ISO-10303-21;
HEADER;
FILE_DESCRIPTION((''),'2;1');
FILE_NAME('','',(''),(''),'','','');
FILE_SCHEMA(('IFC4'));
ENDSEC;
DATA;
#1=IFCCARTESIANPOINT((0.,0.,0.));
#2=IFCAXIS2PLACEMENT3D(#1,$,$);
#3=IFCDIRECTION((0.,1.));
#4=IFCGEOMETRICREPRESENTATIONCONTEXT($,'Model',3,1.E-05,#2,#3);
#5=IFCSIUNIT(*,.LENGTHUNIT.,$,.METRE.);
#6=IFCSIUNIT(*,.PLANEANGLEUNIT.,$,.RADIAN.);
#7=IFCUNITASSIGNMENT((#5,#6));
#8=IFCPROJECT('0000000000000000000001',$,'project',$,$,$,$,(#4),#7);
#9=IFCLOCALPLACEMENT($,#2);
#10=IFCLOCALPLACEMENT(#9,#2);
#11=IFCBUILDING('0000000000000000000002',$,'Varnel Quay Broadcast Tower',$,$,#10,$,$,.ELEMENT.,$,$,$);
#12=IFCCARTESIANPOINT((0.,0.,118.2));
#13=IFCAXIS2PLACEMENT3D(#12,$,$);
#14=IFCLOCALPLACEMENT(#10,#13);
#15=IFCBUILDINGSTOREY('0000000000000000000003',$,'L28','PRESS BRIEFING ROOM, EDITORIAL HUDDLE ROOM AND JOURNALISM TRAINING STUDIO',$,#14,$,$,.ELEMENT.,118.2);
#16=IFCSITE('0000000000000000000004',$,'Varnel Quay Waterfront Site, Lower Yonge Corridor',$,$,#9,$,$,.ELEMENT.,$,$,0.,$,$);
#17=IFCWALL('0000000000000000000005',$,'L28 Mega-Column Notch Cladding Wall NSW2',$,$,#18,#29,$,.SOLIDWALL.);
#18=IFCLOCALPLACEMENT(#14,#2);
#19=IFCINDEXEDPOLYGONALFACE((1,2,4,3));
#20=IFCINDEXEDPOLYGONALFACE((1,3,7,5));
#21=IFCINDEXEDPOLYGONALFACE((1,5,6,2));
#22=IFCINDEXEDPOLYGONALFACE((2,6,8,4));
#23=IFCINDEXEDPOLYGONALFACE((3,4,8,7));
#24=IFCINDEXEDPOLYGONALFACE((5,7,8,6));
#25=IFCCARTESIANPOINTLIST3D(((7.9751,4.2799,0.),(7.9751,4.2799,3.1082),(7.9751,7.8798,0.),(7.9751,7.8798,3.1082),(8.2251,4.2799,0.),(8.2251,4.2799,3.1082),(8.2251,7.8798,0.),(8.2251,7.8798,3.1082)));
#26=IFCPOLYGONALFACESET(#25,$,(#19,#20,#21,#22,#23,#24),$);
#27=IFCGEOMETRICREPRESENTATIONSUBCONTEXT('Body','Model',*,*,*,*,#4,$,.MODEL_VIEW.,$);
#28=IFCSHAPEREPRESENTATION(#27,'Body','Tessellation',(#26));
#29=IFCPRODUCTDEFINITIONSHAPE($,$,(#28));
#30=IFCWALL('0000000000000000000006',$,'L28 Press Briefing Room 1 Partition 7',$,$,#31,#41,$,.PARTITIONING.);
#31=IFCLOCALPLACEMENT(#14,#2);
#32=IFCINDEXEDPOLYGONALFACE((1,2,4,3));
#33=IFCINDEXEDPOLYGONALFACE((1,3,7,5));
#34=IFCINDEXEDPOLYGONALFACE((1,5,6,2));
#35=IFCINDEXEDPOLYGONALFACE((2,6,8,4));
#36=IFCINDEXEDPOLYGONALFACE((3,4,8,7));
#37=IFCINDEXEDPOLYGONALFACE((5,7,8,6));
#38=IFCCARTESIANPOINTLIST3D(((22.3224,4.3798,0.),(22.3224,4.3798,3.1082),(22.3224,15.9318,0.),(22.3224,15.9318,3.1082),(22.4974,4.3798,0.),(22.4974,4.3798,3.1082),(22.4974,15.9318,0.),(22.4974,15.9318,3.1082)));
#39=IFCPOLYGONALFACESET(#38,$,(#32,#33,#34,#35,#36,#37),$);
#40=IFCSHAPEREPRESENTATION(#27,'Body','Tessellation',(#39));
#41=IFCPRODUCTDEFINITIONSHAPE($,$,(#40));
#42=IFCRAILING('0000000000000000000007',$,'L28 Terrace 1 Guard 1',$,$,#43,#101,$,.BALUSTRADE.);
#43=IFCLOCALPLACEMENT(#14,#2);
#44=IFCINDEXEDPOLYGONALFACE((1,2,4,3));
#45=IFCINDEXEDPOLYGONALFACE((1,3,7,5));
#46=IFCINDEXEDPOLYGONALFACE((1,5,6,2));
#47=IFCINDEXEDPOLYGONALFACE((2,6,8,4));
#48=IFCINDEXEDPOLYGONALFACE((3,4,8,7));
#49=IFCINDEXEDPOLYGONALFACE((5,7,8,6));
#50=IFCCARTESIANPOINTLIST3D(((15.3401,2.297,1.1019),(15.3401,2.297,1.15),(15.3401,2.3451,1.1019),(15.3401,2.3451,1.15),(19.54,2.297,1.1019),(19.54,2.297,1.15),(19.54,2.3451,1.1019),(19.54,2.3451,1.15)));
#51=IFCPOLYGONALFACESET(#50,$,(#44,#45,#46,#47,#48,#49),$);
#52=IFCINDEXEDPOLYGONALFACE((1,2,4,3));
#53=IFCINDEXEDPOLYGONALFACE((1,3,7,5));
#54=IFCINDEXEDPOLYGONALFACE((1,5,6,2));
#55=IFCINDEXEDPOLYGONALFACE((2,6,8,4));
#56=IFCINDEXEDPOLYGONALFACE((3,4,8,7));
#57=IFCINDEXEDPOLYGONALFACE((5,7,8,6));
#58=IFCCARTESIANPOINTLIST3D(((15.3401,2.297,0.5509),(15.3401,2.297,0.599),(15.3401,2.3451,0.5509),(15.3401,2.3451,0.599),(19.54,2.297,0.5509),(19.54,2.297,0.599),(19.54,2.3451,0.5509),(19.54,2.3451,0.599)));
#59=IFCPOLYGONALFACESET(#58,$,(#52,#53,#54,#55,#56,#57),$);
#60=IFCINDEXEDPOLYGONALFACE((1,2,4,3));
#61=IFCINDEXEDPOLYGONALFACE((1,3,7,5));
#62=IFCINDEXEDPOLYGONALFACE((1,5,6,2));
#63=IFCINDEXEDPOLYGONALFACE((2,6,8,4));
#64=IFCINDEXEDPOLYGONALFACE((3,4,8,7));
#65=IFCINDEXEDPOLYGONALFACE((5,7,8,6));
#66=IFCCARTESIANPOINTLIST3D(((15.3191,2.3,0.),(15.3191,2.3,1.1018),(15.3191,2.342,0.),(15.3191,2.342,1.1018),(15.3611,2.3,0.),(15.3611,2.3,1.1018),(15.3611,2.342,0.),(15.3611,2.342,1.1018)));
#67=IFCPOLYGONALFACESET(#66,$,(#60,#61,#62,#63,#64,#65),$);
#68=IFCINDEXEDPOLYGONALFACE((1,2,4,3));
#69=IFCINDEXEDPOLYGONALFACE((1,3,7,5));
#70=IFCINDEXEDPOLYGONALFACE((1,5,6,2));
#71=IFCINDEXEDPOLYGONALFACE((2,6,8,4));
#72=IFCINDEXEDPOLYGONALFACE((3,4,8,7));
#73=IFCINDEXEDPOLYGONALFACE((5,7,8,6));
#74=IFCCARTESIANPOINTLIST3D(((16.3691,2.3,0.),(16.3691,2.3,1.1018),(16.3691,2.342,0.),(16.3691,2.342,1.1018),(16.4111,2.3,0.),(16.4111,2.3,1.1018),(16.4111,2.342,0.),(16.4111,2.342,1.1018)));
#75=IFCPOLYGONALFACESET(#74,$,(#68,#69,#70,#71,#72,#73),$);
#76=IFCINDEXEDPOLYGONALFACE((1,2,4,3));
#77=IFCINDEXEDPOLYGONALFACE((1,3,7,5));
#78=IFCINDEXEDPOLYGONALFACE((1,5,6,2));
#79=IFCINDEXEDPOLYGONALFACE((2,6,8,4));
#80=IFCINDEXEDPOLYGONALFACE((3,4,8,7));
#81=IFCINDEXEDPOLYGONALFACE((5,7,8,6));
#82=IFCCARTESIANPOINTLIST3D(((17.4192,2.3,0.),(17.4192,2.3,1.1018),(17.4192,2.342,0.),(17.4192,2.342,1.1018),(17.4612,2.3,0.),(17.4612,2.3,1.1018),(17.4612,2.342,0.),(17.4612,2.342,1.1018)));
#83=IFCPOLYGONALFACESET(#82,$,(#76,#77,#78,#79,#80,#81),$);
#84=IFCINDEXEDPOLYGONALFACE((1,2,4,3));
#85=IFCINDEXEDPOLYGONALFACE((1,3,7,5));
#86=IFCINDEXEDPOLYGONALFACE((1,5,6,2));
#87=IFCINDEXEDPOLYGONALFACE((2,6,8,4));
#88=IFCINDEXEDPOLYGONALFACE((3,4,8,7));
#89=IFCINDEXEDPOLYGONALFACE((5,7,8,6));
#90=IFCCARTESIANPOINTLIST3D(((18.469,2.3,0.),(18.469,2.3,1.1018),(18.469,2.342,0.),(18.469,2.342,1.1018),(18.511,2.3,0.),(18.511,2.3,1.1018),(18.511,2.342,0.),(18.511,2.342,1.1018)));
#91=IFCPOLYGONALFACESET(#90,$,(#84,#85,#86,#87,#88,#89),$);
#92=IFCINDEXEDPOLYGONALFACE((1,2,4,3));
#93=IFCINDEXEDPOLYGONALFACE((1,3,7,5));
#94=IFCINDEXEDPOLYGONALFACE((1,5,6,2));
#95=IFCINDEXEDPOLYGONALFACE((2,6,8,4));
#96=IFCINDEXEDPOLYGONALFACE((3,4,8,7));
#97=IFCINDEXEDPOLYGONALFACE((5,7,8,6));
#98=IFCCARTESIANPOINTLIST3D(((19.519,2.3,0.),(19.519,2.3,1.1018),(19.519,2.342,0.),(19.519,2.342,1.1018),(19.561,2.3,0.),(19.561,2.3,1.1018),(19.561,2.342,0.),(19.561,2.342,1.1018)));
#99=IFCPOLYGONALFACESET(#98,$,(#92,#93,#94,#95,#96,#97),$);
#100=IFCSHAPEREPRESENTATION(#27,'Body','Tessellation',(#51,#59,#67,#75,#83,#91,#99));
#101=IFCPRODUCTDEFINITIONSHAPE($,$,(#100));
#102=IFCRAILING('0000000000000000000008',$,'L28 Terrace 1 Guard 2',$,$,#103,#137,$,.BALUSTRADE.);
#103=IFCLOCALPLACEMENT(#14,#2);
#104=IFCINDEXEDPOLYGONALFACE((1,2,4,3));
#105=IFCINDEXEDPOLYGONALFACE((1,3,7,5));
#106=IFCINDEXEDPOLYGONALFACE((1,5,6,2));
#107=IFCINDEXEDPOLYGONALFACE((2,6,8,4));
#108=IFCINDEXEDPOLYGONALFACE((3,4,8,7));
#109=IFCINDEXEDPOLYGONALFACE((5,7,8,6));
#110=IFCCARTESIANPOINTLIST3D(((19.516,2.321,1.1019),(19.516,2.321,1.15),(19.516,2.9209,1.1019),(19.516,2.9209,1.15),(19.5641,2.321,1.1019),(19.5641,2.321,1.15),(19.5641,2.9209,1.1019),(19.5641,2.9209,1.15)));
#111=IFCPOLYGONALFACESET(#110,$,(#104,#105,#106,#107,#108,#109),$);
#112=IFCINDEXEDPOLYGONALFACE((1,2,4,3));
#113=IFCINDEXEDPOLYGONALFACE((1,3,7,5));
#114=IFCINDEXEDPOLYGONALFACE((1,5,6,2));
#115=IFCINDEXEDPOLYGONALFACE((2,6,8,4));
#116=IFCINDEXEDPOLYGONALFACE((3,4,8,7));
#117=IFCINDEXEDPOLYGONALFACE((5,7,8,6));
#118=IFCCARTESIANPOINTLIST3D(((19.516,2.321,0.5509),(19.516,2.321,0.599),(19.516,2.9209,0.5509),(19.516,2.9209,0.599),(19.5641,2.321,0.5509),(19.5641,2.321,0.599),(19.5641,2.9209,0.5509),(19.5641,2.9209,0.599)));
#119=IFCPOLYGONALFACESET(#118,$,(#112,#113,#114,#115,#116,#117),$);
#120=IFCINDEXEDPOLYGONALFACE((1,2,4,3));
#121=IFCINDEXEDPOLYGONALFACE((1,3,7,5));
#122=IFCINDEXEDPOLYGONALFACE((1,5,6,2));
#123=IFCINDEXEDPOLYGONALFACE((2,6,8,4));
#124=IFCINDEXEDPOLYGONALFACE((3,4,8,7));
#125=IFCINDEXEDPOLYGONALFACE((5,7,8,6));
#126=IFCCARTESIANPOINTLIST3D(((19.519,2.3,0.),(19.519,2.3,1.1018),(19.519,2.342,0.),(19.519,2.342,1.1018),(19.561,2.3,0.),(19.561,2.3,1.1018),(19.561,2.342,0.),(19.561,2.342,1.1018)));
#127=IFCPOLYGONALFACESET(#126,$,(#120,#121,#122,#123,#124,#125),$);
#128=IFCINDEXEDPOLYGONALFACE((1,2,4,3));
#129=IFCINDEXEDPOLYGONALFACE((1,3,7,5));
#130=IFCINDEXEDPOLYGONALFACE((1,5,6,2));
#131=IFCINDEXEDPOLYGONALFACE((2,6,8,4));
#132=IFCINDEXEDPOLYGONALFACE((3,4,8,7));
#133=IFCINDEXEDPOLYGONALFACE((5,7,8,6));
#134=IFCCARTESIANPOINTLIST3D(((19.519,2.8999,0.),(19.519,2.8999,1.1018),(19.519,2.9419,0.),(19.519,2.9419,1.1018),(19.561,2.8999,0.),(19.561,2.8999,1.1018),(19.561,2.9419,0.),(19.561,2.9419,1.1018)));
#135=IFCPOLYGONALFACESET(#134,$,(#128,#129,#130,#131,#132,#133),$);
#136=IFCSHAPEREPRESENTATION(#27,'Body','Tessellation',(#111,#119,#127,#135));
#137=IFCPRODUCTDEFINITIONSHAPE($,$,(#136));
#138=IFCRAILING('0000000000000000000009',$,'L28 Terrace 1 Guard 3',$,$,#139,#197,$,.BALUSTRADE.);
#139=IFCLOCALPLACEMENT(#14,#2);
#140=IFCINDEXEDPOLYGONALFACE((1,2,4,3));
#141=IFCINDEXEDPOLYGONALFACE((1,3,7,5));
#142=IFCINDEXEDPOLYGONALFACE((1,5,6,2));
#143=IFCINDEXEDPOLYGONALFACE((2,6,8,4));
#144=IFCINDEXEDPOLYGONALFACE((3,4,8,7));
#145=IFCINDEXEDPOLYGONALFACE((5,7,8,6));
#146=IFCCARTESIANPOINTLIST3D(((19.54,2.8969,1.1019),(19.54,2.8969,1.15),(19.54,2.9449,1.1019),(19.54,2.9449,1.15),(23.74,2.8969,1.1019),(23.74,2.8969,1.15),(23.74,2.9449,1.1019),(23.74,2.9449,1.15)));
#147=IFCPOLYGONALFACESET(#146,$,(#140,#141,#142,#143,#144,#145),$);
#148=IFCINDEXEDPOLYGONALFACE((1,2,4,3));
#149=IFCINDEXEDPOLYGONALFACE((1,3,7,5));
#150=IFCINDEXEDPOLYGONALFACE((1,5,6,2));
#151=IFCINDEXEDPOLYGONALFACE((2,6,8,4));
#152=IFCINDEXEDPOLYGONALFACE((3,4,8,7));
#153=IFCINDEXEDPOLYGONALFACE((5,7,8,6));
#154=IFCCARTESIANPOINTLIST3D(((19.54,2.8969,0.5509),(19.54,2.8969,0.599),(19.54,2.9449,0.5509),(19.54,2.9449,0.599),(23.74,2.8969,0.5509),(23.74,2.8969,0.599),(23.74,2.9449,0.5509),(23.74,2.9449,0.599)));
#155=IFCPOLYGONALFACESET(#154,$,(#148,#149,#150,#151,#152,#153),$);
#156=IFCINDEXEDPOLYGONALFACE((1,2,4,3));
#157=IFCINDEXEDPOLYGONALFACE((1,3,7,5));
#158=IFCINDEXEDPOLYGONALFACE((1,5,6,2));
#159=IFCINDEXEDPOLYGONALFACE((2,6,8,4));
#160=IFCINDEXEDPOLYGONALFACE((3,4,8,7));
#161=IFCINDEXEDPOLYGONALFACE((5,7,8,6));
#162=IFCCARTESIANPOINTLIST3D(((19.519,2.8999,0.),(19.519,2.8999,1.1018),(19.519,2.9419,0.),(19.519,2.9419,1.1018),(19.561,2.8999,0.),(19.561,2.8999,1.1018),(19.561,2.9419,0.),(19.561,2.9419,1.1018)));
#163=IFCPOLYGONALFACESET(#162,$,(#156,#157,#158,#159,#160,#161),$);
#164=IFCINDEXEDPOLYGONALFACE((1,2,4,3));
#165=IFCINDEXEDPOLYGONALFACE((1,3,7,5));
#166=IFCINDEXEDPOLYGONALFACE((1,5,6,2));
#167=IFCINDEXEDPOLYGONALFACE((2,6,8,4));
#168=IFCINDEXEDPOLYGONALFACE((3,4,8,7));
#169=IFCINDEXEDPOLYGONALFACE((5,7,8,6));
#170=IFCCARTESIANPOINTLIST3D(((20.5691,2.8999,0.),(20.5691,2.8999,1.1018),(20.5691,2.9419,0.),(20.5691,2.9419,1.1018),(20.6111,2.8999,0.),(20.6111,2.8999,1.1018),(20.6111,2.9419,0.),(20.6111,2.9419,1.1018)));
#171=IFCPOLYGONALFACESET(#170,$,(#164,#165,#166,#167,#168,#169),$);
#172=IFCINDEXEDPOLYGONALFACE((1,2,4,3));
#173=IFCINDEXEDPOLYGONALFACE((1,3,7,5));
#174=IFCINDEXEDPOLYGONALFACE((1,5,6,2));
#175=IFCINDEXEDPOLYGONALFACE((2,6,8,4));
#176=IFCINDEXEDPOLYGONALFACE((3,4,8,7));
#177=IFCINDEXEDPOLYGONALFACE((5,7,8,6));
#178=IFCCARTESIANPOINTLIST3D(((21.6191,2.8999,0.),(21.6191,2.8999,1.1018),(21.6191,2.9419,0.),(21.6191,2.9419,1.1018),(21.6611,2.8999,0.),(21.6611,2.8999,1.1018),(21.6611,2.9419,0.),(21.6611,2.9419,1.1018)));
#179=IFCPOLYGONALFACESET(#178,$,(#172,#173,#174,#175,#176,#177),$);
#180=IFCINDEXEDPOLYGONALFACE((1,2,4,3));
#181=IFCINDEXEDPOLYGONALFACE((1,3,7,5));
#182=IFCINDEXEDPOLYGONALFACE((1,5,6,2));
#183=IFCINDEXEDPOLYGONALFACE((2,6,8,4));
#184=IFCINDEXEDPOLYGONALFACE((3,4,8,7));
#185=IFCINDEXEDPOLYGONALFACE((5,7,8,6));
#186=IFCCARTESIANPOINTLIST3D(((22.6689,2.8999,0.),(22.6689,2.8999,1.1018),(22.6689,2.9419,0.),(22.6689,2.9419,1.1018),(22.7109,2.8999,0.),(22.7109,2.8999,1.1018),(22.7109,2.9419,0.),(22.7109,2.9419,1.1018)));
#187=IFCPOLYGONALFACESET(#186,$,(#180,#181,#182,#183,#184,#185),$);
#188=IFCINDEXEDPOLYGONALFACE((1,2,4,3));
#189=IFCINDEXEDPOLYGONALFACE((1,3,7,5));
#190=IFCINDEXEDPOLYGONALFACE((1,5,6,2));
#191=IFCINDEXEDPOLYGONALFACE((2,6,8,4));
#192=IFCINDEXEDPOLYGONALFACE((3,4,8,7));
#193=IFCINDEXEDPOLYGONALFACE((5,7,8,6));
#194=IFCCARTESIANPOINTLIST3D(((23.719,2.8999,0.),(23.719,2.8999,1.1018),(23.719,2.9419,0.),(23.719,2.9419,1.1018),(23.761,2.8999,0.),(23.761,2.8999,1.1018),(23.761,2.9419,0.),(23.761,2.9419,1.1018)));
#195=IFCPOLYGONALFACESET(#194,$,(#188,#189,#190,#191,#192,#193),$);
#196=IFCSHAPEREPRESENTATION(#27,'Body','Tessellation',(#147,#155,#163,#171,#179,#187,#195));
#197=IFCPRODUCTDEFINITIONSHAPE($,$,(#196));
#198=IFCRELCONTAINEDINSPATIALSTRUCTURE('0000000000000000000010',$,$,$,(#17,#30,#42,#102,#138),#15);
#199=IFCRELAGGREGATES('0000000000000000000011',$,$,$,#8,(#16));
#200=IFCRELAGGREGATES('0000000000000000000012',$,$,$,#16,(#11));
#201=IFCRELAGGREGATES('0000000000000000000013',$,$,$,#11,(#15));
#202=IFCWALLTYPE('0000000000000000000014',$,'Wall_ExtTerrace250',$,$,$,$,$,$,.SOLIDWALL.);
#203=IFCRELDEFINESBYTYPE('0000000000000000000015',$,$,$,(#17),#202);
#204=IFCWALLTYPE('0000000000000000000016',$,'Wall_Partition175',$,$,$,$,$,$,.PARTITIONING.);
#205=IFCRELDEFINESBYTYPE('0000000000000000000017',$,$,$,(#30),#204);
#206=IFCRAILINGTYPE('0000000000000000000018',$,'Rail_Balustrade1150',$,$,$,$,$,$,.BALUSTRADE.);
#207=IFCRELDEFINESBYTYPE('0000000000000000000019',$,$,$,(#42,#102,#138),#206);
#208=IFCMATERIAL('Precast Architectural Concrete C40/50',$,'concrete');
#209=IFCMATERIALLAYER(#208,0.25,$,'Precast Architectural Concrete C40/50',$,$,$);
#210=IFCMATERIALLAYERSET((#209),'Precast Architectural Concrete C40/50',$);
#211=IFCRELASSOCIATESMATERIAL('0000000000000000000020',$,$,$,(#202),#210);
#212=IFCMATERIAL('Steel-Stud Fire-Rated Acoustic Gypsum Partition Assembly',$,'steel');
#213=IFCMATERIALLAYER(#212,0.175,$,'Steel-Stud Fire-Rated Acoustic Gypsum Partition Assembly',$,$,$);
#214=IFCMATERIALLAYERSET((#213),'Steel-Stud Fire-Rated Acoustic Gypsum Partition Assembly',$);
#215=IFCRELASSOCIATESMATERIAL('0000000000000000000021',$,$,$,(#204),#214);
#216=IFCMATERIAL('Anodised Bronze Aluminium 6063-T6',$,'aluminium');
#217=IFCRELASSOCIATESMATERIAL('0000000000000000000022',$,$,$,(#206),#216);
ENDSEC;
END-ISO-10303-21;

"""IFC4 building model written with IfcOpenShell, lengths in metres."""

from ifc_helpers import new_model, si_unit, direction, frame, frame_2d, origin, origin_2d, place, context, subcontext, project, spatial, rectangle, extrude, material, layer, layer_set, type_object, element, save


model = new_model("IFC4")

# Units and contexts
model_context = context("Model", 3, precision=1e-05, world=origin(), true_north=direction((0.0, 1.0)))
body_context = subcontext(model_context, "Body", "Model", "MODEL_VIEW")
ifc_project = project(units=[si_unit("LENGTHUNIT", "METRE"), si_unit("PLANEANGLEUNIT", "RADIAN")], contexts=[model_context])

# Site, building, storey
site_placement = place(None, origin())
site = spatial("IfcSite", under=ifc_project, at=site_placement, Name="Varnel Quay Waterfront Site, Lower Yonge Corridor", CompositionType="ELEMENT", RefElevation=0.0)
building_placement = place(site_placement, origin())
building = spatial("IfcBuilding", under=site, at=building_placement, Name="Varnel Quay Broadcast Tower", CompositionType="ELEMENT")
storey_placement = place(building_placement, frame((0.0, 0.0, 118.2)))
storey = spatial("IfcBuildingStorey", under=building, at=storey_placement, Name="L28", Description="PRESS BRIEFING ROOM, EDITORIAL HUDDLE ROOM AND JOURNALISM TRAINING STUDIO", CompositionType="ELEMENT", Elevation=118.2)

# Shared definitions
ifc_material_1 = material(Name="Anodised Bronze Aluminium 6063-T6", Category="aluminium")

# Shared definitions
ifc_material_2 = material(Name="Precast Architectural Concrete C40/50", Category="concrete")
ifc_layer_1 = layer(ifc_material_2, 0.25, Name="Precast Architectural Concrete C40/50")
ifc_layer_set_1 = layer_set([ifc_layer_1], Name="Precast Architectural Concrete C40/50")
wall_type_1 = type_object("IfcWallType", Name="Wall_ExtTerrace250", PredefinedType="SOLIDWALL", material=ifc_layer_set_1)

# Walls
wall_1_placement = place(storey_placement, frame((8.1001, 4.28, 0.0), z_axis=(0.0, 0.0, 1.0), x_axis=(0.0, 1.0, 0.0)))
element("IfcWall", 1, at=wall_1_placement, inside=storey, type_object=wall_type_1, Name="L28 Mega-Column Notch Cladding Wall NSW2", PredefinedType="SOLIDWALL", context=body_context, shape_type="SweptSolid", body=[
    extrude(rectangle(XDim=3.5999, YDim=0.25, at=frame_2d((1.7998, 0.0))), origin(), (0.0, 0.0, 1.0), 3.1082),
])
ifc_material_3 = material(Name="Steel-Stud Fire-Rated Acoustic Gypsum Partition Assembly", Category="steel")
ifc_layer_2 = layer(ifc_material_3, 0.175, Name="Steel-Stud Fire-Rated Acoustic Gypsum Partition Assembly")
ifc_layer_set_2 = layer_set([ifc_layer_2], Name="Steel-Stud Fire-Rated Acoustic Gypsum Partition Assembly")
wall_type_2 = type_object("IfcWallType", Name="Wall_Partition175", PredefinedType="PARTITIONING", material=ifc_layer_set_2)
wall_2_placement = place(storey_placement, frame((22.4099, 4.3799, 0.0), z_axis=(0.0, 0.0, 1.0), x_axis=(0.0, 1.0, 0.0)))
element("IfcWall", 2, at=wall_2_placement, inside=storey, type_object=wall_type_2, Name="L28 Press Briefing Room 1 Partition 7", PredefinedType="PARTITIONING", context=body_context, shape_type="SweptSolid", body=[
    extrude(rectangle(XDim=11.552, YDim=0.175, at=frame_2d((5.7759, 0.0))), origin(), (0.0, 0.0, 1.0), 3.1082),
])

# Railings
railing_type = type_object("IfcRailingType", Name="Rail_Balustrade1150", PredefinedType="BALUSTRADE", material=ifc_material_1)
railing_1_placement = place(storey_placement, frame((15.3401, 2.321, 0.0)))
element("IfcRailing", 3, at=railing_1_placement, inside=storey, type_object=railing_type, Name="L28 Terrace 1 Guard 1", PredefinedType="BALUSTRADE", context=body_context, shape_type="SweptSolid", body=[
    extrude(rectangle(XDim=0.0481, YDim=0.0481, at=origin_2d()), frame((0.0, 0.0, 1.126), z_axis=(1.0, 0.0, 0.0), x_axis=(0.0, 1.0, 0.0)), (0.0, 0.0, 1.0), 4.2),
    extrude(rectangle(XDim=0.0481, YDim=0.0481, at=origin_2d()), frame((0.0, 0.0, 0.575), z_axis=(1.0, 0.0, 0.0), x_axis=(0.0, 1.0, 0.0)), (0.0, 0.0, 1.0), 4.2),
    extrude(rectangle(XDim=0.042, YDim=0.042, at=origin_2d()), origin(), (0.0, 0.0, 1.0), 1.1018),
    extrude(rectangle(XDim=0.042, YDim=0.042, at=origin_2d()), frame((1.05, 0.0, 0.0)), (0.0, 0.0, 1.0), 1.1018),
    extrude(rectangle(XDim=0.042, YDim=0.042, at=origin_2d()), frame((2.1001, 0.0, 0.0)), (0.0, 0.0, 1.0), 1.1018),
    extrude(rectangle(XDim=0.042, YDim=0.042, at=origin_2d()), frame((3.1499, 0.0, 0.0)), (0.0, 0.0, 1.0), 1.1018),
    extrude(rectangle(XDim=0.042, YDim=0.042, at=origin_2d()), frame((4.2, 0.0, 0.0)), (0.0, 0.0, 1.0), 1.1018),
])
railing_2_placement = place(storey_placement, frame((19.54, 2.321, 0.0)))
element("IfcRailing", 4, at=railing_2_placement, inside=storey, type_object=railing_type, Name="L28 Terrace 1 Guard 2", PredefinedType="BALUSTRADE", context=body_context, shape_type="SweptSolid", body=[
    extrude(rectangle(XDim=0.0481, YDim=0.0481, at=origin_2d()), frame((0.0, 0.0, 1.126), z_axis=(0.0, 1.0, 0.0), x_axis=(-1.0, 0.0, 0.0)), (0.0, 0.0, 1.0), 0.5999),
    extrude(rectangle(XDim=0.0481, YDim=0.0481, at=origin_2d()), frame((0.0, 0.0, 0.575), z_axis=(0.0, 1.0, 0.0), x_axis=(-1.0, 0.0, 0.0)), (0.0, 0.0, 1.0), 0.5999),
    extrude(rectangle(XDim=0.042, YDim=0.042, at=origin_2d()), origin(), (0.0, 0.0, 1.0), 1.1018),
    extrude(rectangle(XDim=0.042, YDim=0.042, at=origin_2d()), frame((0.0, 0.5999, 0.0)), (0.0, 0.0, 1.0), 1.1018),
])
railing_3_placement = place(storey_placement, frame((19.54, 2.9209, 0.0)))
element("IfcRailing", 5, at=railing_3_placement, inside=storey, type_object=railing_type, Name="L28 Terrace 1 Guard 3", PredefinedType="BALUSTRADE", context=body_context, shape_type="SweptSolid", body=[
    extrude(rectangle(XDim=0.0481, YDim=0.0481, at=origin_2d()), frame((0.0, 0.0, 1.126), z_axis=(1.0, 0.0, 0.0), x_axis=(0.0, 1.0, 0.0)), (0.0, 0.0, 1.0), 4.2),
    extrude(rectangle(XDim=0.0481, YDim=0.0481, at=origin_2d()), frame((0.0, 0.0, 0.575), z_axis=(1.0, 0.0, 0.0), x_axis=(0.0, 1.0, 0.0)), (0.0, 0.0, 1.0), 4.2),
    extrude(rectangle(XDim=0.042, YDim=0.042, at=origin_2d()), origin(), (0.0, 0.0, 1.0), 1.1018),
    extrude(rectangle(XDim=0.042, YDim=0.042, at=origin_2d()), frame((1.05, 0.0, 0.0)), (0.0, 0.0, 1.0), 1.1018),
    extrude(rectangle(XDim=0.042, YDim=0.042, at=origin_2d()), frame((2.1001, 0.0, 0.0)), (0.0, 0.0, 1.0), 1.1018),
    extrude(rectangle(XDim=0.042, YDim=0.042, at=origin_2d()), frame((3.1499, 0.0, 0.0)), (0.0, 0.0, 1.0), 1.1018),
    extrude(rectangle(XDim=0.042, YDim=0.042, at=origin_2d()), frame((4.2, 0.0, 0.0)), (0.0, 0.0, 1.0), 1.1018),
])

save(model, "model.ifc")
